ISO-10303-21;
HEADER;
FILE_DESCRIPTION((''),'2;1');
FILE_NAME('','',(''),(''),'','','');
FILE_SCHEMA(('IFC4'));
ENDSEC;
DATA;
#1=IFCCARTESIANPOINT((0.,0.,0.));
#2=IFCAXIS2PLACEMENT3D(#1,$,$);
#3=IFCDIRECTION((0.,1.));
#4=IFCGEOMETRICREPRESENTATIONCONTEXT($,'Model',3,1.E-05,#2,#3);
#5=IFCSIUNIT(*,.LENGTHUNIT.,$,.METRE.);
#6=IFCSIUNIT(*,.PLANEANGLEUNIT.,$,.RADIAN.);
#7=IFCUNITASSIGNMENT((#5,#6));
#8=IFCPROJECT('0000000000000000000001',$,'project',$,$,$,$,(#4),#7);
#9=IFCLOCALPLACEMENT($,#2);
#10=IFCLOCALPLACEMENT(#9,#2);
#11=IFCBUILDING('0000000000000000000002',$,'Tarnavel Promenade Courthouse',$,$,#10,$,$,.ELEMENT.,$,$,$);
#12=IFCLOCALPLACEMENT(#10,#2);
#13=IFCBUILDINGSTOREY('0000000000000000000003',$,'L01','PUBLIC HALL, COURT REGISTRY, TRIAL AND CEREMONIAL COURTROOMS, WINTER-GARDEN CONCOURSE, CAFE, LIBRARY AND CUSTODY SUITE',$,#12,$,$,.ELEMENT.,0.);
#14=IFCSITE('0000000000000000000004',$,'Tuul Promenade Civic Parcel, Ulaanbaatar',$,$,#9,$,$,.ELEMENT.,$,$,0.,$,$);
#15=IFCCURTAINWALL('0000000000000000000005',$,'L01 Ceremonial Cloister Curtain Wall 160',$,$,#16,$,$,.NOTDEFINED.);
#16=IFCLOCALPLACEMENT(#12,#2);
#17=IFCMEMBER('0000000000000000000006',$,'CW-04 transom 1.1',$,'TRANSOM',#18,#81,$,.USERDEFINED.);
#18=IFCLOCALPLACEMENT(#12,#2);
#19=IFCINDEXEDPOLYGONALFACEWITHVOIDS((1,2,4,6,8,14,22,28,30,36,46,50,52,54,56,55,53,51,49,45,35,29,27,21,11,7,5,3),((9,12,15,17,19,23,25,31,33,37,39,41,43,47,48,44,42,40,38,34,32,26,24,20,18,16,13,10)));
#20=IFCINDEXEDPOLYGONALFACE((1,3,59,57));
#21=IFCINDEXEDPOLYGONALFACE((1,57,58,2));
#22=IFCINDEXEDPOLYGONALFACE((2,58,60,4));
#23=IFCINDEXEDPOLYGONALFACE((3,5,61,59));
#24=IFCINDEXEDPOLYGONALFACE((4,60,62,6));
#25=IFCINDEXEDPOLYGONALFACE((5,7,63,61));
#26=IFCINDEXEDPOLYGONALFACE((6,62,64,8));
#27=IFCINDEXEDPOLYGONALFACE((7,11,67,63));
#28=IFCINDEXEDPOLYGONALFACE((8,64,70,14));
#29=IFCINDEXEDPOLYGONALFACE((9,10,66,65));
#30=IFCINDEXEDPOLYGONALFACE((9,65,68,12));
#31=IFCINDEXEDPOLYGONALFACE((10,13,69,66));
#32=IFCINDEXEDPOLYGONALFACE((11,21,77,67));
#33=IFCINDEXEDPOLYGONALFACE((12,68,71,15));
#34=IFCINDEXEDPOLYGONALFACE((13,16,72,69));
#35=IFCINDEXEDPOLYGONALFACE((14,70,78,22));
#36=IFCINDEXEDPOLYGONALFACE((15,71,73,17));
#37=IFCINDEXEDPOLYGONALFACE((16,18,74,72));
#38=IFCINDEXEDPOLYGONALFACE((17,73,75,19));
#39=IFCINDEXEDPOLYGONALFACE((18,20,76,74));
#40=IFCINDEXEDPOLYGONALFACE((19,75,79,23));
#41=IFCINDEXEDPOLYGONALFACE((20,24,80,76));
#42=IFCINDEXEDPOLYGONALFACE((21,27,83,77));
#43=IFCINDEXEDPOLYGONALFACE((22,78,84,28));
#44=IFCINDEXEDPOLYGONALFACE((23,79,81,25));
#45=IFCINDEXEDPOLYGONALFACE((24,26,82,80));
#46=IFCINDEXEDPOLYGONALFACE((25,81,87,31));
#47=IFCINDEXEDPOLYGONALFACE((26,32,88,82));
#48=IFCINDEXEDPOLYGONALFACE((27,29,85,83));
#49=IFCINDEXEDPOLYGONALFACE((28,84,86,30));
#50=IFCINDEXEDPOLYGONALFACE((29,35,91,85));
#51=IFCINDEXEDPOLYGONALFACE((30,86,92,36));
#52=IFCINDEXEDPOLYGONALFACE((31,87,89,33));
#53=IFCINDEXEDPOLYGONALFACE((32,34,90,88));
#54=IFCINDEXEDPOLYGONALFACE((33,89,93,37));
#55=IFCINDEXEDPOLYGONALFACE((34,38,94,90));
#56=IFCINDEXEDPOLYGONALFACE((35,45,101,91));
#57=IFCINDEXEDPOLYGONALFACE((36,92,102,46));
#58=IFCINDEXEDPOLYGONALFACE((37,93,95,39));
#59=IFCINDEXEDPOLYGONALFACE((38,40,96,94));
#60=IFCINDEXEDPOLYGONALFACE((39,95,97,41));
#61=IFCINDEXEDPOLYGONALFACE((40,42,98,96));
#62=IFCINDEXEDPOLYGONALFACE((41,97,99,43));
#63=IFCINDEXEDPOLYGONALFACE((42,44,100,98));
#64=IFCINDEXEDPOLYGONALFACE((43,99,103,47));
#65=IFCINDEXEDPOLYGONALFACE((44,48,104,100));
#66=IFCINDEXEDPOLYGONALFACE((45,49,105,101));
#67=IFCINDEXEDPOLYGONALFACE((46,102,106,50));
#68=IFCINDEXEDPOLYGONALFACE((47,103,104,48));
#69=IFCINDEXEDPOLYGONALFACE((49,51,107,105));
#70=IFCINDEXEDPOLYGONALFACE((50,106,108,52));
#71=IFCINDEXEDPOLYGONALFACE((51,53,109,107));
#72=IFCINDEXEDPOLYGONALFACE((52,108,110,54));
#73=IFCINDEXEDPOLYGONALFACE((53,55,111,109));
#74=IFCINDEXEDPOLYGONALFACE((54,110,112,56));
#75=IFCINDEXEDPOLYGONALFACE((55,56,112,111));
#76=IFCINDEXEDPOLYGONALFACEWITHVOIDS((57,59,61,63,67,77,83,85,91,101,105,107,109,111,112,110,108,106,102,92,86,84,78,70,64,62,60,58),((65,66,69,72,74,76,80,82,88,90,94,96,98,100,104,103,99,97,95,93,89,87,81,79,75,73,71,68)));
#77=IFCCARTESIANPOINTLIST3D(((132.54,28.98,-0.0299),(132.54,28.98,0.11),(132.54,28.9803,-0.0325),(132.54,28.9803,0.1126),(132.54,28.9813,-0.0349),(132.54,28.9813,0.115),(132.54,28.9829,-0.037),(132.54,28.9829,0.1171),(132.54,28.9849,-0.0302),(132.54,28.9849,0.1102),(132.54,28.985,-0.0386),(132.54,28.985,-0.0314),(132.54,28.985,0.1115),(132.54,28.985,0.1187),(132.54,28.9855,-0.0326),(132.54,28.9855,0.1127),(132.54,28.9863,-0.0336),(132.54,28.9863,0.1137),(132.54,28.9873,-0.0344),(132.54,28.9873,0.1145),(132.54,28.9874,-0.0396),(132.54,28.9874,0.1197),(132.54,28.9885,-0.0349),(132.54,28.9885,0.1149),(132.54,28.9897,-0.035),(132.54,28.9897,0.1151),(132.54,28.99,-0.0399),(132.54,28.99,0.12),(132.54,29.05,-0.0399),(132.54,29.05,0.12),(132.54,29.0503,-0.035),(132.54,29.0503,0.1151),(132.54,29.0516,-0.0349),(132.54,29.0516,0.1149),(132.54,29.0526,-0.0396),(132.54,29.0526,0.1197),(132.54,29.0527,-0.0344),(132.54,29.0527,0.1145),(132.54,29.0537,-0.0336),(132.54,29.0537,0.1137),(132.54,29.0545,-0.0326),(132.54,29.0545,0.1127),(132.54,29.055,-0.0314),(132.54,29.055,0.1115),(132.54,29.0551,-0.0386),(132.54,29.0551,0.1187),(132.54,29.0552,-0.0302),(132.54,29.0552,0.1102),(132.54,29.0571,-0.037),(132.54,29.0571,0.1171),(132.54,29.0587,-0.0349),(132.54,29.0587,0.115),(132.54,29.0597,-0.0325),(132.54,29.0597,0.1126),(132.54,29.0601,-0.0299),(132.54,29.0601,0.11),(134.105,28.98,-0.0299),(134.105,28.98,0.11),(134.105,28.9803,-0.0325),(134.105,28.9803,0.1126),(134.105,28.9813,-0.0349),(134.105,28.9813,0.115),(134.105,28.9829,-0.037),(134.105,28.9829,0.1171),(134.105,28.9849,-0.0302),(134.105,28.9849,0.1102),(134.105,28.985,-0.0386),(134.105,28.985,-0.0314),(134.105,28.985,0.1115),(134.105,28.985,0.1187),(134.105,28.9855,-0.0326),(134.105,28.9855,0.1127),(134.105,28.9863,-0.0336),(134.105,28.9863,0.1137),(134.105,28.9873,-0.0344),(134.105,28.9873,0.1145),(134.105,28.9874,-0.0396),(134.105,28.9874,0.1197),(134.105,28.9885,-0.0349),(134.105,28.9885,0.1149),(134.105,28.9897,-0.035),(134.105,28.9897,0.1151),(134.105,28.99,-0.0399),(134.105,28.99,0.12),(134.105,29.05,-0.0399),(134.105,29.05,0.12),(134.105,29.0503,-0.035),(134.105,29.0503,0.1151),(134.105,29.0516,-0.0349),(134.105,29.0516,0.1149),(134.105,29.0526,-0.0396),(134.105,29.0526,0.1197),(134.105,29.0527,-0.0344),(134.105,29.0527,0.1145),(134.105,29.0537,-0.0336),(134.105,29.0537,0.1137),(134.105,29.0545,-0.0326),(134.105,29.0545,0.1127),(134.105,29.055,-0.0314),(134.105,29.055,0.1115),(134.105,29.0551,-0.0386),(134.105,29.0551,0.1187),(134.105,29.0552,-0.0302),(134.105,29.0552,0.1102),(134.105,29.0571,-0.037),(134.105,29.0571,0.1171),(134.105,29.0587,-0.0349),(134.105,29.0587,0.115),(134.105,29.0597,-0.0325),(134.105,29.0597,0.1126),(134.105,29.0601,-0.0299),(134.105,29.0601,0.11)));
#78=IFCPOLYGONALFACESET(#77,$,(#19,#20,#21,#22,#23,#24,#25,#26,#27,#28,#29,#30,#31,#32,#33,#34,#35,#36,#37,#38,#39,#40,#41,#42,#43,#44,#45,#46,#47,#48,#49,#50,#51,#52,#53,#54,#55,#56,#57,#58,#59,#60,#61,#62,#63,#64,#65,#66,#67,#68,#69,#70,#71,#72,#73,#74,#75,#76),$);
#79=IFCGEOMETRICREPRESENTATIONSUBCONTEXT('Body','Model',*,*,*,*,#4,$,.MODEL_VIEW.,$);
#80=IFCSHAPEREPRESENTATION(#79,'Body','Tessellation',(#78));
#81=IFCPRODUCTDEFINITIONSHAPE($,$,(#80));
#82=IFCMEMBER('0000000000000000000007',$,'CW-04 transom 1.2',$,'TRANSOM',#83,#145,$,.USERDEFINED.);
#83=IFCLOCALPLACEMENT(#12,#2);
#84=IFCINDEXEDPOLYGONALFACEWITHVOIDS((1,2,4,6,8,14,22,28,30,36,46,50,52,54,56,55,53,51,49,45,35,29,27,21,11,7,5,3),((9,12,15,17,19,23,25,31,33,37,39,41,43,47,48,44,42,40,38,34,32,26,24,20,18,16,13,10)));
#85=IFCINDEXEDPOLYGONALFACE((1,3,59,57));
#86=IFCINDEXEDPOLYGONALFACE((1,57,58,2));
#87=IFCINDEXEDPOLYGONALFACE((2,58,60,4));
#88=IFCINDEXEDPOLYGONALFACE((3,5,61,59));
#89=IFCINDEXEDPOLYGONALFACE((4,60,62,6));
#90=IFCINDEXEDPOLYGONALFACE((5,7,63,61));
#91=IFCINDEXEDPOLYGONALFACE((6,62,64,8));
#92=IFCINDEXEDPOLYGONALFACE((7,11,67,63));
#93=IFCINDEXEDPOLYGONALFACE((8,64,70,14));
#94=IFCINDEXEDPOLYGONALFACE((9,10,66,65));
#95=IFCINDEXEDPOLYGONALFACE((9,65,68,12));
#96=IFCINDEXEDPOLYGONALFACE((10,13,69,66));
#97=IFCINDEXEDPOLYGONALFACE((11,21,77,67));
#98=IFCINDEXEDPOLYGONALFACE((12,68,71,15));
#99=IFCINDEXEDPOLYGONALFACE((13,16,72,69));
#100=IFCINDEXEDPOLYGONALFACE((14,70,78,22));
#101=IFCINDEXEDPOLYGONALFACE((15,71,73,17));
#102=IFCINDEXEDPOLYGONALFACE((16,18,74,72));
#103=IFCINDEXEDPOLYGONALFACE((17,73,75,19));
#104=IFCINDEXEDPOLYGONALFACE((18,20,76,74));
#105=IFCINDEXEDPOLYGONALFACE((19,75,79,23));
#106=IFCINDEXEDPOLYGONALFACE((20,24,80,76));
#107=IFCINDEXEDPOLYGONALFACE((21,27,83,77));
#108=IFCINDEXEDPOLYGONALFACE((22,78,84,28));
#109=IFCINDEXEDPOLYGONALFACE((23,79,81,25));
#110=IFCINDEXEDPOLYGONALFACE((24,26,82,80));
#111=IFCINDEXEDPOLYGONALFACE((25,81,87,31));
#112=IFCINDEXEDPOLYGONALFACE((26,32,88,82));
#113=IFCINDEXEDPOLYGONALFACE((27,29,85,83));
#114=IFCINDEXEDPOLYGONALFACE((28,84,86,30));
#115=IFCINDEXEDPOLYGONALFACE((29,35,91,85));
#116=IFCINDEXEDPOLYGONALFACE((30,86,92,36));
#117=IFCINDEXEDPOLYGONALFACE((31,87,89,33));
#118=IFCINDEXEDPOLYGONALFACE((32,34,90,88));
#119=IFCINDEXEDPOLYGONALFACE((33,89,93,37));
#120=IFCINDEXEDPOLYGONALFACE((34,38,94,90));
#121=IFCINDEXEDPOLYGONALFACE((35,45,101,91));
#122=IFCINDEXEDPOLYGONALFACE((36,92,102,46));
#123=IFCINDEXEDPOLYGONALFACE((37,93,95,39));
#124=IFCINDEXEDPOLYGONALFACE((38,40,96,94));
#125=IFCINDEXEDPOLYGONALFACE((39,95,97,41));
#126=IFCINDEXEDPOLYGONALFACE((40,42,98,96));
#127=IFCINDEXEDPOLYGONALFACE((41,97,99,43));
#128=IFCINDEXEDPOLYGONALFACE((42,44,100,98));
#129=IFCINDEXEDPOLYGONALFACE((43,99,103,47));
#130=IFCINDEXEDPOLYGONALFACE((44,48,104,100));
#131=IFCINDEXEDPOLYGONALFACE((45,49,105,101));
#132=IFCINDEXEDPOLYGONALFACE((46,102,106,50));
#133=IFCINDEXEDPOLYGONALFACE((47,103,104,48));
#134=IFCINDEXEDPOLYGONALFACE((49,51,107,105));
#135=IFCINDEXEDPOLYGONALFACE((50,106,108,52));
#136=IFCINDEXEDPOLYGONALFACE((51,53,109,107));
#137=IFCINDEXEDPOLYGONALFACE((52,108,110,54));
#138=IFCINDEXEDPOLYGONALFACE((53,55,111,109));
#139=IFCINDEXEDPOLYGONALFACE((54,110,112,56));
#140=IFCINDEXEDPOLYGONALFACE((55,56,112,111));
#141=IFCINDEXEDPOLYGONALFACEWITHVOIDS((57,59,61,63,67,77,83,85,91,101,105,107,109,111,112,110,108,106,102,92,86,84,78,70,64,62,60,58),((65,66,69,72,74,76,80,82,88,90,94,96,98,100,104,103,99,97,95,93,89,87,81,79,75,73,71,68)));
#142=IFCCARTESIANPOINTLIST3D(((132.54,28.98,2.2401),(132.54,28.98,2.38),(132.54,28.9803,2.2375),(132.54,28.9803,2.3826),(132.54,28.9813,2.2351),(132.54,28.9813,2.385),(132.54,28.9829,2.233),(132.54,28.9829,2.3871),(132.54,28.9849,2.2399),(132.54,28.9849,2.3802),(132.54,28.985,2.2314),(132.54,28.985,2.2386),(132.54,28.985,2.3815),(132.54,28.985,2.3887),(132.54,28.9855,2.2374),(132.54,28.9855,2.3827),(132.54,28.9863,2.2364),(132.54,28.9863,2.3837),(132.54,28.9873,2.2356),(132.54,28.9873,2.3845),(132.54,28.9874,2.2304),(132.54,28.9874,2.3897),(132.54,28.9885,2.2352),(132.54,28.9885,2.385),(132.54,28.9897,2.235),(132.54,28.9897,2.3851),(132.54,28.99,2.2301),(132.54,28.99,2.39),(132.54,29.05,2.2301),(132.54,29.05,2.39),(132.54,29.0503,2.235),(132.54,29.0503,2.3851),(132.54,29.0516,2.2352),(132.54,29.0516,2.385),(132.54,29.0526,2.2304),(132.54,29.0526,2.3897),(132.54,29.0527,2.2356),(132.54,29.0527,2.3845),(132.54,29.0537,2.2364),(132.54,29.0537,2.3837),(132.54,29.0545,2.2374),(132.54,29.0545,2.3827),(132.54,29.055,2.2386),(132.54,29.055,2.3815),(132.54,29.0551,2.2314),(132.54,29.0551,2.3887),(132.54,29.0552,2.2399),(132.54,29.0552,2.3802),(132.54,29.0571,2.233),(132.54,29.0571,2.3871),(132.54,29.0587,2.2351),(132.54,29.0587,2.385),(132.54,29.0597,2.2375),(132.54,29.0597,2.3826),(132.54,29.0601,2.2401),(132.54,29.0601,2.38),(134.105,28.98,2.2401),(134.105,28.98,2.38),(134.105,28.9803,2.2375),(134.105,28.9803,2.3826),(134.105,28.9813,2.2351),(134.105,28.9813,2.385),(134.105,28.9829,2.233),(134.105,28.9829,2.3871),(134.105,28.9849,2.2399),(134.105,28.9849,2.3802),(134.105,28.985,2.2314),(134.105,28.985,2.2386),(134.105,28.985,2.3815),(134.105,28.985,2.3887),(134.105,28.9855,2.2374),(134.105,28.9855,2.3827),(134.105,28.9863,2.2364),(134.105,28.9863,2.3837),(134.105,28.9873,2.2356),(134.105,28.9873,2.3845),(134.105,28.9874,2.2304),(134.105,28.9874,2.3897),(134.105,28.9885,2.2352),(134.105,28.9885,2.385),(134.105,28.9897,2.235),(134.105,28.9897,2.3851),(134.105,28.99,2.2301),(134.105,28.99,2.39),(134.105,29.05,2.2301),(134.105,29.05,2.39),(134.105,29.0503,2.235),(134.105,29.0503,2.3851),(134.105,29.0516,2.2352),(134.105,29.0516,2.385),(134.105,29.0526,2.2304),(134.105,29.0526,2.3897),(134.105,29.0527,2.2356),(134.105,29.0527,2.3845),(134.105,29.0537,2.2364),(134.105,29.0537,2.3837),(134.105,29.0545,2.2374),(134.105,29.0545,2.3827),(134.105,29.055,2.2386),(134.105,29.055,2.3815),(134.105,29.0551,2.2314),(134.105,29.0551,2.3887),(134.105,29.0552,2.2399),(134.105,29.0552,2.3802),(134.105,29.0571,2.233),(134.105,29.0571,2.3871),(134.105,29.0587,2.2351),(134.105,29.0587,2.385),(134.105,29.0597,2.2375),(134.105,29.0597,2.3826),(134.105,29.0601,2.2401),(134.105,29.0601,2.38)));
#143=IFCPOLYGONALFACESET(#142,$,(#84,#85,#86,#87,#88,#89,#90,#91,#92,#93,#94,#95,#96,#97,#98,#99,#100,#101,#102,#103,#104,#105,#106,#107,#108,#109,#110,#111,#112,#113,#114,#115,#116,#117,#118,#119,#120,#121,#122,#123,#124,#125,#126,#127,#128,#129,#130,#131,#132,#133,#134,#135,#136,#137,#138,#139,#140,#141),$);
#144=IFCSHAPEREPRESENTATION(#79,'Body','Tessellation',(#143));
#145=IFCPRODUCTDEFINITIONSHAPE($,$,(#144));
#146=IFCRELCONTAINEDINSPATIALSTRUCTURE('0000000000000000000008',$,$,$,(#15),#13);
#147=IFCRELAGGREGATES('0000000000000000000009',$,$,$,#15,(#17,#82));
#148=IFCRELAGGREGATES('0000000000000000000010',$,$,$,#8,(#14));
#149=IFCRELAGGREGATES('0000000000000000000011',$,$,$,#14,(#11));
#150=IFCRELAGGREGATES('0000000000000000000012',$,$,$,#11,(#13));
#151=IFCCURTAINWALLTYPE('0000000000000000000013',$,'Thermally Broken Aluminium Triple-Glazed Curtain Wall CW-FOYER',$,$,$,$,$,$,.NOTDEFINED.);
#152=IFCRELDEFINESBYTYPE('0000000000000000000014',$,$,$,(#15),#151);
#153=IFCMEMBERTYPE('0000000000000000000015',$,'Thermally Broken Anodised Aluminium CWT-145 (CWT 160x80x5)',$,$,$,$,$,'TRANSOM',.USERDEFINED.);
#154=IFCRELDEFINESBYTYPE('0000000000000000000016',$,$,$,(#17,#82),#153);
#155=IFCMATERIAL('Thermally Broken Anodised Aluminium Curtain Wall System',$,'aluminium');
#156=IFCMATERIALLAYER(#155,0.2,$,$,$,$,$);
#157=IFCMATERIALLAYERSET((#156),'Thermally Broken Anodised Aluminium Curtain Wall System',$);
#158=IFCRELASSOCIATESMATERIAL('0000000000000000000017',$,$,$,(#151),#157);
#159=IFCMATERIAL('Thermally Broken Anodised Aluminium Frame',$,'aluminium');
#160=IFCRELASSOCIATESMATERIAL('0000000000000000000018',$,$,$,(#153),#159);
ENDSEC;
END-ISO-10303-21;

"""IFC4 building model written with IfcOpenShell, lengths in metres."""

from ifc_helpers import new_model, si_unit, direction, frame, origin, origin_2d, place, context, subcontext, project, spatial, hollow_rectangle, extrude, material, layer, layer_set, material_profile, profile_set, type_object, element, aggregate, save


model = new_model("IFC4")

# Units and contexts
model_context = context("Model", 3, precision=1e-05, world=origin(), true_north=direction((0.0, 1.0)))
body_context = subcontext(model_context, "Body", "Model", "MODEL_VIEW")
ifc_project = project(units=[si_unit("LENGTHUNIT", "METRE"), si_unit("PLANEANGLEUNIT", "RADIAN")], contexts=[model_context])

# Site, building, storey
site_placement = place(None, origin())
site = spatial("IfcSite", under=ifc_project, at=site_placement, Name="Tuul Promenade Civic Parcel, Ulaanbaatar", CompositionType="ELEMENT", RefElevation=0.0)
building_placement = place(site_placement, origin())
building = spatial("IfcBuilding", under=site, at=building_placement, Name="Tarnavel Promenade Courthouse", CompositionType="ELEMENT")
storey_placement = place(building_placement, origin())
storey = spatial("IfcBuildingStorey", under=building, at=storey_placement, Name="L01", Description="PUBLIC HALL, COURT REGISTRY, TRIAL AND CEREMONIAL COURTROOMS, WINTER-GARDEN CONCOURSE, CAFE, LIBRARY AND CUSTODY SUITE", CompositionType="ELEMENT", Elevation=0.0)

# Shared definitions
ifc_material_1 = material(Name="Thermally Broken Anodised Aluminium Curtain Wall System", Category="aluminium")
ifc_layer_1 = layer(ifc_material_1, 0.2)
ifc_layer_set_1 = layer_set([ifc_layer_1], Name="Thermally Broken Anodised Aluminium Curtain Wall System")
curtain_wall_type = type_object("IfcCurtainWallType", Name="Thermally Broken Aluminium Triple-Glazed Curtain Wall CW-FOYER", PredefinedType="NOTDEFINED", material=ifc_layer_set_1)
ifc_material_2 = material(Name="Thermally Broken Anodised Aluminium Frame", Category="aluminium")

# Curtain wall
curtain_wall_1_placement = place(storey_placement, origin())
curtain_wall_1 = element("IfcCurtainWall", 1, at=curtain_wall_1_placement, inside=storey, type_object=curtain_wall_type, Name="L01 Ceremonial Cloister Curtain Wall 160", PredefinedType="NOTDEFINED")

# Members
ifc_material_profile_1 = material_profile(ifc_material_2, hollow_rectangle(XDim=0.0801, YDim=0.1599, WallThickness=0.0049, InnerFilletRadius=0.0049, OuterFilletRadius=0.01, at=origin_2d()), Name="CWT 160x80x5")
ifc_profile_set_1 = profile_set([ifc_material_profile_1], Name="Thermally Broken Anodised Aluminium Frame")
member_type_1 = type_object("IfcMemberType", Name="Thermally Broken Anodised Aluminium CWT-145 (CWT 160x80x5)", ElementType="TRANSOM", PredefinedType="USERDEFINED", material=ifc_profile_set_1)
member_1_placement = place(storey_placement, frame((132.54, 29.02, 0.04), z_axis=(1.0, 0.0, 0.0), x_axis=(0.0, 1.0, 0.0)))
member_1 = element("IfcMember", 2, at=member_1_placement, type_object=member_type_1, Name="CW-04 transom 1.1", ObjectType="TRANSOM", PredefinedType="USERDEFINED", context=body_context, shape_type="SweptSolid", body=[
    extrude(hollow_rectangle(XDim=0.0801, YDim=0.1599, WallThickness=0.0049, InnerFilletRadius=0.0049, OuterFilletRadius=0.01, at=origin_2d()), origin(), (0.0, 0.0, 1.0), 1.5649),
])
member_2_placement = place(storey_placement, frame((132.54, 29.02, 2.3101), z_axis=(1.0, 0.0, 0.0), x_axis=(0.0, 1.0, 0.0)))
member_2 = element("IfcMember", 3, at=member_2_placement, type_object=member_type_1, Name="CW-04 transom 1.2", ObjectType="TRANSOM", PredefinedType="USERDEFINED", context=body_context, shape_type="SweptSolid", body=[
    extrude(hollow_rectangle(XDim=0.0801, YDim=0.1599, WallThickness=0.0049, InnerFilletRadius=0.0049, OuterFilletRadius=0.01, at=origin_2d()), origin(), (0.0, 0.0, 1.0), 1.5649),
])

aggregate(curtain_wall_1, [member_1, member_2])

save(model, "model.ifc")
